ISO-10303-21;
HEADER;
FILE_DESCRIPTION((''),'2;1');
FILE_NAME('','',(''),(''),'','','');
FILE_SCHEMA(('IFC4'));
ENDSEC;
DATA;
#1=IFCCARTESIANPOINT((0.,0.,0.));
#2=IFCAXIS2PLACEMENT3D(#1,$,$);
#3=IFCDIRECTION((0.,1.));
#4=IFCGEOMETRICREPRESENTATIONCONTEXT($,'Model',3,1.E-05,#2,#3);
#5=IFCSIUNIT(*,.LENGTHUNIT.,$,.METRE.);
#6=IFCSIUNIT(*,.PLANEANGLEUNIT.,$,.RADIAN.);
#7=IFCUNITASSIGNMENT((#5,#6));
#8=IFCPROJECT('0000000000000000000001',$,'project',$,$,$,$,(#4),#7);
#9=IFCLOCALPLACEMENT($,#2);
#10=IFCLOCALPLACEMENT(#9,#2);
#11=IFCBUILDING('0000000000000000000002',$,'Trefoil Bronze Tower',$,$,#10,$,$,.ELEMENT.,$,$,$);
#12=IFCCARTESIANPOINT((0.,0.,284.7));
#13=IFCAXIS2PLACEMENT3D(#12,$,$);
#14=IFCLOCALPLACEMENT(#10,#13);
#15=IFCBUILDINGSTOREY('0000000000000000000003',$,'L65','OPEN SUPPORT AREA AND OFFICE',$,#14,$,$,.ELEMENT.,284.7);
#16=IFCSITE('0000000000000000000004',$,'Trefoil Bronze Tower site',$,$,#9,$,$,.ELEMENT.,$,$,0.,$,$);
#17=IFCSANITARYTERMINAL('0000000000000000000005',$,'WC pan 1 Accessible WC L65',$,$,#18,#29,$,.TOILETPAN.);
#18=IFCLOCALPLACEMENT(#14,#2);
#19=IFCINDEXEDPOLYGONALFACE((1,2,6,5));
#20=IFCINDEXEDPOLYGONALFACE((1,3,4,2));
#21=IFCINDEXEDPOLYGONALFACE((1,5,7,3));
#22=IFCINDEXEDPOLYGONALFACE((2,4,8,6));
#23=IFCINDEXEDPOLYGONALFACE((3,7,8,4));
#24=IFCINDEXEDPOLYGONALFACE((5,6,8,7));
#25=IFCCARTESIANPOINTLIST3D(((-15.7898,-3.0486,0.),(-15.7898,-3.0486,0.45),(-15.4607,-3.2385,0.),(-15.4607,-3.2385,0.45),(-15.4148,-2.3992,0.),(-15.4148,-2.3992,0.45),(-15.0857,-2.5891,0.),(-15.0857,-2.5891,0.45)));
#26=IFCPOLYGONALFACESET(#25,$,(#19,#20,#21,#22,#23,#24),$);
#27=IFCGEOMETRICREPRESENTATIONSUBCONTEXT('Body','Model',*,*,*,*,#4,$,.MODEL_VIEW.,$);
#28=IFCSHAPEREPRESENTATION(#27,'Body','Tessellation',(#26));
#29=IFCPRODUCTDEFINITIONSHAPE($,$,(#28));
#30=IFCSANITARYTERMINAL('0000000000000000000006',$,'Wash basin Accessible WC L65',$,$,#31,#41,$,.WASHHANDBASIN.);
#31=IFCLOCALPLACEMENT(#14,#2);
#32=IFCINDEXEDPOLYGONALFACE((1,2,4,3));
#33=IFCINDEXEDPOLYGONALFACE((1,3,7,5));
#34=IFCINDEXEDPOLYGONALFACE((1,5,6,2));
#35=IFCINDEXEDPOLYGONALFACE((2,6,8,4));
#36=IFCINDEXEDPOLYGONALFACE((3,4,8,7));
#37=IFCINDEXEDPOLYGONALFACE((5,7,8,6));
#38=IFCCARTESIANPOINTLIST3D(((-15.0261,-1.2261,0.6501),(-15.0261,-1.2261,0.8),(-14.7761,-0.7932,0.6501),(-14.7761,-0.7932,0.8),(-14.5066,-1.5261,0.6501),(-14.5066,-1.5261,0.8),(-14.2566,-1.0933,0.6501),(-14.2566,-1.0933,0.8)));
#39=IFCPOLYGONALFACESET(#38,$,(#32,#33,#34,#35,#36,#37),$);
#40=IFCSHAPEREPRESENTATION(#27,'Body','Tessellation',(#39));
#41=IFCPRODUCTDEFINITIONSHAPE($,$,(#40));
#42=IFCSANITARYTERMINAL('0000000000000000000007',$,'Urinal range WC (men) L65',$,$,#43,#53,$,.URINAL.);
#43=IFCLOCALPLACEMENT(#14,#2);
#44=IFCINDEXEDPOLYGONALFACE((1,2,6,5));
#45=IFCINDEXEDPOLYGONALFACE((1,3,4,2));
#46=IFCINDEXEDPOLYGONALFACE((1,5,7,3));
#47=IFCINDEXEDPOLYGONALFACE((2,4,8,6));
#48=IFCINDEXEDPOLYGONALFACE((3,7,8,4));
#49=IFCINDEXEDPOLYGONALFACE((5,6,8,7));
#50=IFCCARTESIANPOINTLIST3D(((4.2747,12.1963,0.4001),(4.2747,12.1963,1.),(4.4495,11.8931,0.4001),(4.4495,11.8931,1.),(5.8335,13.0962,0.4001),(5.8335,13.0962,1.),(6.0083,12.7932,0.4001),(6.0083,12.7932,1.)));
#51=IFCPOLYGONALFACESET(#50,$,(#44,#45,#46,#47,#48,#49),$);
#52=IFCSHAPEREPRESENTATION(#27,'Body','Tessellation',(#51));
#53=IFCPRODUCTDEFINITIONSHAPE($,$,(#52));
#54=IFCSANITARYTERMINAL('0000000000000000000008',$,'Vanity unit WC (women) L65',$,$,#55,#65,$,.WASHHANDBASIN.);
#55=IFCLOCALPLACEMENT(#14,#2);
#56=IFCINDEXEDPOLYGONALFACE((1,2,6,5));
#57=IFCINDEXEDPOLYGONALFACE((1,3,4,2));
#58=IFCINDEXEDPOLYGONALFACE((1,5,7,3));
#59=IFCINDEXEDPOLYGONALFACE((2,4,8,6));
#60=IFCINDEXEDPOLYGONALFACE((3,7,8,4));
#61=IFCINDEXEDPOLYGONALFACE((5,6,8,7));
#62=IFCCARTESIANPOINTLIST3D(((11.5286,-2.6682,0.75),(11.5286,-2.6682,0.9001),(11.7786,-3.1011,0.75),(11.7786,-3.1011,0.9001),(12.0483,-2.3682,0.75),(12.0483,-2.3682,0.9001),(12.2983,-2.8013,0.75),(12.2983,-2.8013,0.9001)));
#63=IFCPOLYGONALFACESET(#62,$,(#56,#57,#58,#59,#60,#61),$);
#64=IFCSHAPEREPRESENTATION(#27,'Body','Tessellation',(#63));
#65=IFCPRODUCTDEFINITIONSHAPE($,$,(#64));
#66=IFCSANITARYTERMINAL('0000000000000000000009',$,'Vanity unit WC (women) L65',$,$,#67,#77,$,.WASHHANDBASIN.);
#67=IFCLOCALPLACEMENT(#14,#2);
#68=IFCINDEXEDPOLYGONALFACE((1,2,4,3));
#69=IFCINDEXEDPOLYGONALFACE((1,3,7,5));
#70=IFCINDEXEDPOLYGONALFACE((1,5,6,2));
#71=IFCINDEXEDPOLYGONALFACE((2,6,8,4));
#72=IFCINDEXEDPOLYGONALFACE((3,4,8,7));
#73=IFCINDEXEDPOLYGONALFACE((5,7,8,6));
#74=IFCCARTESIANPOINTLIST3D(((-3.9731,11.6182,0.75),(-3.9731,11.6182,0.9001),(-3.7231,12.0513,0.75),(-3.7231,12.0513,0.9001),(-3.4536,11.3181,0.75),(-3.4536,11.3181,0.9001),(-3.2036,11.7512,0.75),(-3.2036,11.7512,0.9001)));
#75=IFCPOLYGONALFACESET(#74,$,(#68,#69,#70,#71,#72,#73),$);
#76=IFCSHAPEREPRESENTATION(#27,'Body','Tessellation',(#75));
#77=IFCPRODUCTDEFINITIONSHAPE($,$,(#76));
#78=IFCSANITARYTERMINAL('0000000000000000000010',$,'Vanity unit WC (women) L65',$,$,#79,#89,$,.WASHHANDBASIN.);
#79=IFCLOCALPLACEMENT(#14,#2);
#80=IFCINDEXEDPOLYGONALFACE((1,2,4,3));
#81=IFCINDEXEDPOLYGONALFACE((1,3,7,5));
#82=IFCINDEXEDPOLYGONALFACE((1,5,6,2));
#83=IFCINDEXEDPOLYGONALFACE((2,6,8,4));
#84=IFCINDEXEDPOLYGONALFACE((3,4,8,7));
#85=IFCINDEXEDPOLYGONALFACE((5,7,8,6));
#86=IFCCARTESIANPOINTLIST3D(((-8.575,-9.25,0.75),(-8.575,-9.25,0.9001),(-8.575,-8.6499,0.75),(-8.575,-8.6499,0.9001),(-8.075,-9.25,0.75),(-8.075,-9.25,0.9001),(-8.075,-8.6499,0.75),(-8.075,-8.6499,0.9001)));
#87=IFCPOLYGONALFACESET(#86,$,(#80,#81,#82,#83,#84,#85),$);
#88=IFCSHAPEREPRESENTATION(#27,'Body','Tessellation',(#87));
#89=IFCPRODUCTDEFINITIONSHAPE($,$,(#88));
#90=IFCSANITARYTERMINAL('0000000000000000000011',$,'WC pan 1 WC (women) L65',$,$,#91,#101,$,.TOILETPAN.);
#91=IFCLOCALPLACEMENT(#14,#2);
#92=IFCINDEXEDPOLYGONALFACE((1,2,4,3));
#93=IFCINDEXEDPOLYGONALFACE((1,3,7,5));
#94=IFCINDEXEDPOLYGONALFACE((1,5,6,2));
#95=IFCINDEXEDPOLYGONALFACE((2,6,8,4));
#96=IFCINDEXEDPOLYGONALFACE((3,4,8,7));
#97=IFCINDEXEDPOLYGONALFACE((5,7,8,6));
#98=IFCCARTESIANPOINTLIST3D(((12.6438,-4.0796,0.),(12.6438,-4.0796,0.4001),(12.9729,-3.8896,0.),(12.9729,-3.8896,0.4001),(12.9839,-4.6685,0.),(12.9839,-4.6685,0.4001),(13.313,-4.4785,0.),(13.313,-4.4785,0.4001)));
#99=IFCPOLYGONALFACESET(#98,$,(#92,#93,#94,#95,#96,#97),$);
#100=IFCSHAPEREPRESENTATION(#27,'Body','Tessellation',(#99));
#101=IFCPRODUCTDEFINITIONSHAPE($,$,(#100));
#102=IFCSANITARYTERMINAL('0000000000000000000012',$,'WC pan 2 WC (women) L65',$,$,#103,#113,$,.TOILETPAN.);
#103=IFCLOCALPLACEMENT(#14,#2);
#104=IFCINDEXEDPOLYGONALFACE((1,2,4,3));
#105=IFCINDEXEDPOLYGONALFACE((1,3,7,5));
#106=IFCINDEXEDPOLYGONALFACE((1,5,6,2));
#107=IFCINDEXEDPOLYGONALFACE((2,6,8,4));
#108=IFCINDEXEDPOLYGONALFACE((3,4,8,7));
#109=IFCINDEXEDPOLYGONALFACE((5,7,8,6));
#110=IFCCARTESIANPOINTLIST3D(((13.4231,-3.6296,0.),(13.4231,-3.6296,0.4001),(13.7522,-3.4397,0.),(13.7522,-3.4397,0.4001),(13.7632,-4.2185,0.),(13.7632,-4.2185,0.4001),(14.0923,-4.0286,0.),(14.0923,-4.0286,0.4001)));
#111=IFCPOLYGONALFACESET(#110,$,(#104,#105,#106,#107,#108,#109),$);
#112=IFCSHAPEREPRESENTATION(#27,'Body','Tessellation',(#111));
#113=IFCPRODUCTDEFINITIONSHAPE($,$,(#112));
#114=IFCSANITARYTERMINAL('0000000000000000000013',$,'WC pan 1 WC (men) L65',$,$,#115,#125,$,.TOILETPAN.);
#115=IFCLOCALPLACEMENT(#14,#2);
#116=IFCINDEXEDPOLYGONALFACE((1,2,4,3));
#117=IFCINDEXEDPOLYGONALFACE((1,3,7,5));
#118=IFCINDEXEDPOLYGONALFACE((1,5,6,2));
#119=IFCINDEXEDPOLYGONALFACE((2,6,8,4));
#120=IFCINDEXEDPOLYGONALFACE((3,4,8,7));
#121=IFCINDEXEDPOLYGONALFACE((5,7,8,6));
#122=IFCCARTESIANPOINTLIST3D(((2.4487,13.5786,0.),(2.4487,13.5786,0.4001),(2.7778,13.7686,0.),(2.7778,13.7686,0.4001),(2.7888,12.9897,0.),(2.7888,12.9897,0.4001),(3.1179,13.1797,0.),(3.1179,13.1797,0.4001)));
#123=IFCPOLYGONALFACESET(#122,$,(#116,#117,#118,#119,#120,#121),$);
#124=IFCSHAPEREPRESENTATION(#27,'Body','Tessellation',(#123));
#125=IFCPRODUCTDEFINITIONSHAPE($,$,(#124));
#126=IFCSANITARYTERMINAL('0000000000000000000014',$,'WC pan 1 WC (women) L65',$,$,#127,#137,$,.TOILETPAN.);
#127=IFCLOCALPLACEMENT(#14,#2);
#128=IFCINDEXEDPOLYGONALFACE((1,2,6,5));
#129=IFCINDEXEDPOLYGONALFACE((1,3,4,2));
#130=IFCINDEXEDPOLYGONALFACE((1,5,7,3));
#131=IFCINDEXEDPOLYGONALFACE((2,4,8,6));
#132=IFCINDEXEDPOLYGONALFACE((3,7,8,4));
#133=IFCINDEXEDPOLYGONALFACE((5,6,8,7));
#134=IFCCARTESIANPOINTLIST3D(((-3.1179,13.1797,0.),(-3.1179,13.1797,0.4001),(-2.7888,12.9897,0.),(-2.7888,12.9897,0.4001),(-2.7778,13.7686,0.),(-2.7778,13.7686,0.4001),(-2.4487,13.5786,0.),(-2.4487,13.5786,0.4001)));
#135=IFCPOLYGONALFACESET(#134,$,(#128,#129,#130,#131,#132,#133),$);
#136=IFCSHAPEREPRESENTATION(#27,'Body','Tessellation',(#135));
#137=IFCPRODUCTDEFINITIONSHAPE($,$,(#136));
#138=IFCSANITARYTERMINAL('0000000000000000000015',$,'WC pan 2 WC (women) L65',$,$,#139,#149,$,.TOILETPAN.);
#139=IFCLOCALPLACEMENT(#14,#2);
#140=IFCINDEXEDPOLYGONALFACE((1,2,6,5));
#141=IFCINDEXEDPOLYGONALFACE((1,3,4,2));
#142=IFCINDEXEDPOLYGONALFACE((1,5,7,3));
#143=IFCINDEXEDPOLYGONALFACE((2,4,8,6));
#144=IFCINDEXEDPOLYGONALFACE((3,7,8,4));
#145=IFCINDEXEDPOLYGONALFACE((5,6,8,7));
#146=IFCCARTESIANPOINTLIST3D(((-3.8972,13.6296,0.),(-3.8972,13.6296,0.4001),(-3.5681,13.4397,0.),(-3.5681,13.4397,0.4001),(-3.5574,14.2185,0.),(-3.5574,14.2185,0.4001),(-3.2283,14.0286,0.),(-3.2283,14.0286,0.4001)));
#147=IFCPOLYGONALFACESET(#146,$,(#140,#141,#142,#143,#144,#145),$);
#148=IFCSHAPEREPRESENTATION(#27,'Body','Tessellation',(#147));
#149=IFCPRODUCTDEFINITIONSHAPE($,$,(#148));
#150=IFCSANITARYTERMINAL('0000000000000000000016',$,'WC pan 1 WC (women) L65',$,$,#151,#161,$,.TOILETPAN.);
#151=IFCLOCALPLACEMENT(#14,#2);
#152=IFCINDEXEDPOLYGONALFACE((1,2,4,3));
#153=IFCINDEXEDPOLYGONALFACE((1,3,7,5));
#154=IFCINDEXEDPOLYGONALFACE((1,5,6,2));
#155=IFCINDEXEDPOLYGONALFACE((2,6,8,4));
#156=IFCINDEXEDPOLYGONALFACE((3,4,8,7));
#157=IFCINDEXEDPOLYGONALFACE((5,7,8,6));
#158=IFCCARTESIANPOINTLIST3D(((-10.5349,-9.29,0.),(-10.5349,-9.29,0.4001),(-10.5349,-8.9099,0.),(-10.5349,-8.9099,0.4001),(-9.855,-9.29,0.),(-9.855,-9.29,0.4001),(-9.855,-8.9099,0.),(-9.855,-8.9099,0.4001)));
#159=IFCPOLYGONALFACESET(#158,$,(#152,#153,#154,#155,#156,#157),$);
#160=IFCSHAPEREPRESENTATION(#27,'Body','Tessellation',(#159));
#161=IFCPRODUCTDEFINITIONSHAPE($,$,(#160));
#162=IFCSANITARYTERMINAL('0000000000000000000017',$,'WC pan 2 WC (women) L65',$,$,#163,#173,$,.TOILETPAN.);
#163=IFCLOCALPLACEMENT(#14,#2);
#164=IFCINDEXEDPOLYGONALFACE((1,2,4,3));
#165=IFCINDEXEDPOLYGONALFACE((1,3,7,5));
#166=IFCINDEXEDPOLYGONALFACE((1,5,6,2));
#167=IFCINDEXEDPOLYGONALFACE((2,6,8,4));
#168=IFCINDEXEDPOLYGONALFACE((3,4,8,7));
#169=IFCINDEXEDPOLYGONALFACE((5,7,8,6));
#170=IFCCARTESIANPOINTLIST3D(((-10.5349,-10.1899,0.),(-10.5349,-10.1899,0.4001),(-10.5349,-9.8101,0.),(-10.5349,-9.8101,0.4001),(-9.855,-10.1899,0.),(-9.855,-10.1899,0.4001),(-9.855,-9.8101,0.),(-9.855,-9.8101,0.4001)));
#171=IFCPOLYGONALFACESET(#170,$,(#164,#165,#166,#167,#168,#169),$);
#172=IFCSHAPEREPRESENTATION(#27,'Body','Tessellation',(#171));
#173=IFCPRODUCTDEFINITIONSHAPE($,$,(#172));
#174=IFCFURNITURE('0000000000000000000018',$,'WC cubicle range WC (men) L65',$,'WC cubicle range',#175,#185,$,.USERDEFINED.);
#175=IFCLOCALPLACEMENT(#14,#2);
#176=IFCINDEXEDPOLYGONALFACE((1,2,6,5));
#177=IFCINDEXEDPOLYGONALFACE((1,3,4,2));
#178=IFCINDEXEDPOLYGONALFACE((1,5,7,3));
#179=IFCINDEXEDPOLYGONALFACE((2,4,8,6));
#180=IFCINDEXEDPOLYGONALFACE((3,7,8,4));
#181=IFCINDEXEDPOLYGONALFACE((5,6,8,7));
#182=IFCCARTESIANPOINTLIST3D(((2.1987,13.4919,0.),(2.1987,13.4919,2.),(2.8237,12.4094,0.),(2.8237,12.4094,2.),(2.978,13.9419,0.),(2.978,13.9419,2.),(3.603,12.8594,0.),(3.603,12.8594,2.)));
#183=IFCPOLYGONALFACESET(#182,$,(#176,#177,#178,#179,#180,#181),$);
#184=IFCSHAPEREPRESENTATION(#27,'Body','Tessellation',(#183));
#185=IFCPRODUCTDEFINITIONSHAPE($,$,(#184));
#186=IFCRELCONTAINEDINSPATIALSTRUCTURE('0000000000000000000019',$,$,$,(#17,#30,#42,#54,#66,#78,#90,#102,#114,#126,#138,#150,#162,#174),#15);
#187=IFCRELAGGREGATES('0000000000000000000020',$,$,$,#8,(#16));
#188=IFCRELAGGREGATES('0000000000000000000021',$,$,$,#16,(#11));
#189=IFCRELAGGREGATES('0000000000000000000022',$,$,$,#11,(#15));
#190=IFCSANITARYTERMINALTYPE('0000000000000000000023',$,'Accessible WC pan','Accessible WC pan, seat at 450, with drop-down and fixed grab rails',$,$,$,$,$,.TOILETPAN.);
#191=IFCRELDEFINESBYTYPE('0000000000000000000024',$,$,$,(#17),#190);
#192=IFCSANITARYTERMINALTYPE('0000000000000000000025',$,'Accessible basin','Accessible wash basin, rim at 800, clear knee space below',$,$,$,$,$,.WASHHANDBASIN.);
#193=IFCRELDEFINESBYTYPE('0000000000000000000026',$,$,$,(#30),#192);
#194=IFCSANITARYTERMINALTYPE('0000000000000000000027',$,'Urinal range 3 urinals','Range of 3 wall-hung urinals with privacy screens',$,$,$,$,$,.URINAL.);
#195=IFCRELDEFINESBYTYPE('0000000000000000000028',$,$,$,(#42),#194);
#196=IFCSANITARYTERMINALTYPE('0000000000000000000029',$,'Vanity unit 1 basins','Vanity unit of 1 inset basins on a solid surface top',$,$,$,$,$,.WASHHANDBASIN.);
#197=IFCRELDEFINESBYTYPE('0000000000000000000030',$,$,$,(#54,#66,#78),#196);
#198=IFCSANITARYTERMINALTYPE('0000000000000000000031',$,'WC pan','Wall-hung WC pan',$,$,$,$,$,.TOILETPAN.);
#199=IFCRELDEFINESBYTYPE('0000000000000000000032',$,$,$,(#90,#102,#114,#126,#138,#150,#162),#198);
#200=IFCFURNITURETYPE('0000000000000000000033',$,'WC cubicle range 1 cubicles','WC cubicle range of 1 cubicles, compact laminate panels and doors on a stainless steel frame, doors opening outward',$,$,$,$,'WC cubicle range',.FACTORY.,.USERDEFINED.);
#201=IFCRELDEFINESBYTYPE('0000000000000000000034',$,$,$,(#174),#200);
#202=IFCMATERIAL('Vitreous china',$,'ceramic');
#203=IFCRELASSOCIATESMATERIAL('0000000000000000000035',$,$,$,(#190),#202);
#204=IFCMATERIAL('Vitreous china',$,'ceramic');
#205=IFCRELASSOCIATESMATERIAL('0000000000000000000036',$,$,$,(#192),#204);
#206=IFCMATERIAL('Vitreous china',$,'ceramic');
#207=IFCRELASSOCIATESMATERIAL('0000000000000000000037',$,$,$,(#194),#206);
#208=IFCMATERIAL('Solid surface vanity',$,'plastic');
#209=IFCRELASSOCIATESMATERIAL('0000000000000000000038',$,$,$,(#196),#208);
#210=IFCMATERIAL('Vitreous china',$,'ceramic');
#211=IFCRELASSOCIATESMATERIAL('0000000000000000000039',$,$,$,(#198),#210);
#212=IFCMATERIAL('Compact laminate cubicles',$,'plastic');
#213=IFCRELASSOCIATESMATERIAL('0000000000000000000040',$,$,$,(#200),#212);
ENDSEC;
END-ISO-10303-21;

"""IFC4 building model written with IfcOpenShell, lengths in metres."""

from ifc_helpers import new_model, si_unit, direction, frame, origin, place, context, subcontext, project, spatial, polyline, outline, extrude, material, type_object, element, save


model = new_model("IFC4")

# Units and contexts
model_context = context("Model", 3, precision=1e-05, world=origin(), true_north=direction((0.0, 1.0)))
body_context = subcontext(model_context, "Body", "Model", "MODEL_VIEW")
ifc_project = project(units=[si_unit("LENGTHUNIT", "METRE"), si_unit("PLANEANGLEUNIT", "RADIAN")], contexts=[model_context])

# Site, building, storey
site_placement = place(None, origin())
site = spatial("IfcSite", under=ifc_project, at=site_placement, Name="Trefoil Bronze Tower site", CompositionType="ELEMENT", RefElevation=0.0)
building_placement = place(site_placement, origin())
building = spatial("IfcBuilding", under=site, at=building_placement, Name="Trefoil Bronze Tower", CompositionType="ELEMENT")
storey_placement = place(building_placement, frame((0.0, 0.0, 284.7)))
storey = spatial("IfcBuildingStorey", under=building, at=storey_placement, Name="L65", Description="OPEN SUPPORT AREA AND OFFICE", CompositionType="ELEMENT", Elevation=284.7)

# Sanitary terminals
ifc_material_1 = material(Name="Vitreous china", Category="ceramic")
sanitary_terminal_type_1 = type_object("IfcSanitaryTerminalType", Name="Accessible WC pan", Description="Accessible WC pan, seat at 450, with drop-down and fixed grab rails", PredefinedType="TOILETPAN", material=ifc_material_1)
sanitary_terminal_1_placement = place(storey_placement, origin())
element("IfcSanitaryTerminal", 1, at=sanitary_terminal_1_placement, inside=storey, type_object=sanitary_terminal_type_1, Name="WC pan 1 Accessible WC L65", PredefinedType="TOILETPAN", context=body_context, shape_type="SweptSolid", body=[
    extrude(outline(polyline([(-15.0857, -2.5891), (-15.4607, -3.2385), (-15.7898, -3.0486), (-15.4148, -2.3992), (-15.0857, -2.5891)])), origin(), (0.0, 0.0, 1.0), 0.45),
])
ifc_material_2 = material(Name="Vitreous china", Category="ceramic")
sanitary_terminal_type_2 = type_object("IfcSanitaryTerminalType", Name="Accessible basin", Description="Accessible wash basin, rim at 800, clear knee space below", PredefinedType="WASHHANDBASIN", material=ifc_material_2)
sanitary_terminal_2_placement = place(storey_placement, frame((0.0, 0.0, 0.6501)))
element("IfcSanitaryTerminal", 2, at=sanitary_terminal_2_placement, inside=storey, type_object=sanitary_terminal_type_2, Name="Wash basin Accessible WC L65", PredefinedType="WASHHANDBASIN", context=body_context, shape_type="SweptSolid", body=[
    extrude(outline(polyline([(-14.2566, -1.0933), (-14.5066, -1.5261), (-15.0261, -1.2261), (-14.7761, -0.7932), (-14.2566, -1.0933)])), origin(), (0.0, 0.0, 1.0), 0.1499),
])
ifc_material_3 = material(Name="Vitreous china", Category="ceramic")
sanitary_terminal_type_3 = type_object("IfcSanitaryTerminalType", Name="Urinal range 3 urinals", Description="Range of 3 wall-hung urinals with privacy screens", PredefinedType="URINAL", material=ifc_material_3)
sanitary_terminal_3_placement = place(storey_placement, frame((0.0, 0.0, 0.4001)))
element("IfcSanitaryTerminal", 3, at=sanitary_terminal_3_placement, inside=storey, type_object=sanitary_terminal_type_3, Name="Urinal range WC (men) L65", PredefinedType="URINAL", context=body_context, shape_type="SweptSolid", body=[
    extrude(outline(polyline([(4.4495, 11.8931), (4.2747, 12.1963), (5.8335, 13.0962), (6.0083, 12.7932), (4.4495, 11.8931)])), origin(), (0.0, 0.0, 1.0), 0.5999),
])
ifc_material_4 = material(Name="Solid surface vanity", Category="plastic")
sanitary_terminal_type_4 = type_object("IfcSanitaryTerminalType", Name="Vanity unit 1 basins", Description="Vanity unit of 1 inset basins on a solid surface top", PredefinedType="WASHHANDBASIN", material=ifc_material_4)
sanitary_terminal_4_placement = place(storey_placement, frame((0.0, 0.0, 0.75)))
element("IfcSanitaryTerminal", 4, at=sanitary_terminal_4_placement, inside=storey, type_object=sanitary_terminal_type_4, Name="Vanity unit WC (women) L65", PredefinedType="WASHHANDBASIN", context=body_context, shape_type="SweptSolid", body=[
    extrude(outline(polyline([(11.5286, -2.6682), (11.7786, -3.1011), (12.2983, -2.8013), (12.0483, -2.3682), (11.5286, -2.6682)])), origin(), (0.0, 0.0, 1.0), 0.1501),
])
sanitary_terminal_5_placement = place(storey_placement, frame((0.0, 0.0, 0.75)))
element("IfcSanitaryTerminal", 5, at=sanitary_terminal_5_placement, inside=storey, type_object=sanitary_terminal_type_4, Name="Vanity unit WC (women) L65", PredefinedType="WASHHANDBASIN", context=body_context, shape_type="SweptSolid", body=[
    extrude(outline(polyline([(-3.4536, 11.3181), (-3.2036, 11.7512), (-3.7231, 12.0513), (-3.9731, 11.6182), (-3.4536, 11.3181)])), origin(), (0.0, 0.0, 1.0), 0.1501),
])
sanitary_terminal_6_placement = place(storey_placement, frame((0.0, 0.0, 0.75)))
element("IfcSanitaryTerminal", 6, at=sanitary_terminal_6_placement, inside=storey, type_object=sanitary_terminal_type_4, Name="Vanity unit WC (women) L65", PredefinedType="WASHHANDBASIN", context=body_context, shape_type="SweptSolid", body=[
    extrude(outline(polyline([(-8.075, -8.6499), (-8.575, -8.6499), (-8.575, -9.25), (-8.075, -9.25), (-8.075, -8.6499)])), origin(), (0.0, 0.0, 1.0), 0.1501),
])
ifc_material_5 = material(Name="Vitreous china", Category="ceramic")
sanitary_terminal_type_5 = type_object("IfcSanitaryTerminalType", Name="WC pan", Description="Wall-hung WC pan", PredefinedType="TOILETPAN", material=ifc_material_5)
sanitary_terminal_7_placement = place(storey_placement, origin())
element("IfcSanitaryTerminal", 7, at=sanitary_terminal_7_placement, inside=storey, type_object=sanitary_terminal_type_5, Name="WC pan 1 WC (women) L65", PredefinedType="TOILETPAN", context=body_context, shape_type="SweptSolid", body=[
    extrude(outline(polyline([(12.6438, -4.0796), (12.9839, -4.6685), (13.313, -4.4785), (12.9729, -3.8896), (12.6438, -4.0796)])), origin(), (0.0, 0.0, 1.0), 0.4001),
])
sanitary_terminal_8_placement = place(storey_placement, origin())
element("IfcSanitaryTerminal", 8, at=sanitary_terminal_8_placement, inside=storey, type_object=sanitary_terminal_type_5, Name="WC pan 2 WC (women) L65", PredefinedType="TOILETPAN", context=body_context, shape_type="SweptSolid", body=[
    extrude(outline(polyline([(13.4231, -3.6296), (13.7632, -4.2185), (14.0923, -4.0286), (13.7522, -3.4397), (13.4231, -3.6296)])), origin(), (0.0, 0.0, 1.0), 0.4001),
])
sanitary_terminal_9_placement = place(storey_placement, origin())
element("IfcSanitaryTerminal", 9, at=sanitary_terminal_9_placement, inside=storey, type_object=sanitary_terminal_type_5, Name="WC pan 1 WC (men) L65", PredefinedType="TOILETPAN", context=body_context, shape_type="SweptSolid", body=[
    extrude(outline(polyline([(2.7888, 12.9897), (2.4487, 13.5786), (2.7778, 13.7686), (3.1179, 13.1797), (2.7888, 12.9897)])), origin(), (0.0, 0.0, 1.0), 0.4001),
])
sanitary_terminal_10_placement = place(storey_placement, origin())
element("IfcSanitaryTerminal", 10, at=sanitary_terminal_10_placement, inside=storey, type_object=sanitary_terminal_type_5, Name="WC pan 1 WC (women) L65", PredefinedType="TOILETPAN", context=body_context, shape_type="SweptSolid", body=[
    extrude(outline(polyline([(-2.7888, 12.9897), (-2.4487, 13.5786), (-2.7778, 13.7686), (-3.1179, 13.1797), (-2.7888, 12.9897)])), origin(), (0.0, 0.0, 1.0), 0.4001),
])
sanitary_terminal_11_placement = place(storey_placement, origin())
element("IfcSanitaryTerminal", 11, at=sanitary_terminal_11_placement, inside=storey, type_object=sanitary_terminal_type_5, Name="WC pan 2 WC (women) L65", PredefinedType="TOILETPAN", context=body_context, shape_type="SweptSolid", body=[
    extrude(outline(polyline([(-3.5681, 13.4397), (-3.2283, 14.0286), (-3.5574, 14.2185), (-3.8972, 13.6296), (-3.5681, 13.4397)])), origin(), (0.0, 0.0, 1.0), 0.4001),
])
sanitary_terminal_12_placement = place(storey_placement, origin())
element("IfcSanitaryTerminal", 12, at=sanitary_terminal_12_placement, inside=storey, type_object=sanitary_terminal_type_5, Name="WC pan 1 WC (women) L65", PredefinedType="TOILETPAN", context=body_context, shape_type="SweptSolid", body=[
    extrude(outline(polyline([(-9.855, -8.9099), (-10.5349, -8.9099), (-10.5349, -9.29), (-9.855, -9.29), (-9.855, -8.9099)])), origin(), (0.0, 0.0, 1.0), 0.4001),
])
sanitary_terminal_13_placement = place(storey_placement, origin())
element("IfcSanitaryTerminal", 13, at=sanitary_terminal_13_placement, inside=storey, type_object=sanitary_terminal_type_5, Name="WC pan 2 WC (women) L65", PredefinedType="TOILETPAN", context=body_context, shape_type="SweptSolid", body=[
    extrude(outline(polyline([(-9.855, -9.8101), (-10.5349, -9.8101), (-10.5349, -10.1899), (-9.855, -10.1899), (-9.855, -9.8101)])), origin(), (0.0, 0.0, 1.0), 0.4001),
])

# Furniture
ifc_material_6 = material(Name="Compact laminate cubicles", Category="plastic")
furniture_type_1 = type_object("IfcFurnitureType", Name="WC cubicle range 1 cubicles", Description="WC cubicle range of 1 cubicles, compact laminate panels and doors on a stainless steel frame, doors opening outward", ElementType="WC cubicle range", AssemblyPlace="FACTORY", PredefinedType="USERDEFINED", material=ifc_material_6)
furniture_1_placement = place(storey_placement, origin())
element("IfcFurniture", 14, at=furniture_1_placement, inside=storey, type_object=furniture_type_1, Name="WC cubicle range WC (men) L65", ObjectType="WC cubicle range", PredefinedType="USERDEFINED", context=body_context, shape_type="SweptSolid", body=[
    extrude(outline(polyline([(2.8237, 12.4094), (2.1987, 13.4919), (2.978, 13.9419), (3.603, 12.8594), (2.8237, 12.4094)])), origin(), (0.0, 0.0, 1.0), 2.0),
])

save(model, "model.ifc")
